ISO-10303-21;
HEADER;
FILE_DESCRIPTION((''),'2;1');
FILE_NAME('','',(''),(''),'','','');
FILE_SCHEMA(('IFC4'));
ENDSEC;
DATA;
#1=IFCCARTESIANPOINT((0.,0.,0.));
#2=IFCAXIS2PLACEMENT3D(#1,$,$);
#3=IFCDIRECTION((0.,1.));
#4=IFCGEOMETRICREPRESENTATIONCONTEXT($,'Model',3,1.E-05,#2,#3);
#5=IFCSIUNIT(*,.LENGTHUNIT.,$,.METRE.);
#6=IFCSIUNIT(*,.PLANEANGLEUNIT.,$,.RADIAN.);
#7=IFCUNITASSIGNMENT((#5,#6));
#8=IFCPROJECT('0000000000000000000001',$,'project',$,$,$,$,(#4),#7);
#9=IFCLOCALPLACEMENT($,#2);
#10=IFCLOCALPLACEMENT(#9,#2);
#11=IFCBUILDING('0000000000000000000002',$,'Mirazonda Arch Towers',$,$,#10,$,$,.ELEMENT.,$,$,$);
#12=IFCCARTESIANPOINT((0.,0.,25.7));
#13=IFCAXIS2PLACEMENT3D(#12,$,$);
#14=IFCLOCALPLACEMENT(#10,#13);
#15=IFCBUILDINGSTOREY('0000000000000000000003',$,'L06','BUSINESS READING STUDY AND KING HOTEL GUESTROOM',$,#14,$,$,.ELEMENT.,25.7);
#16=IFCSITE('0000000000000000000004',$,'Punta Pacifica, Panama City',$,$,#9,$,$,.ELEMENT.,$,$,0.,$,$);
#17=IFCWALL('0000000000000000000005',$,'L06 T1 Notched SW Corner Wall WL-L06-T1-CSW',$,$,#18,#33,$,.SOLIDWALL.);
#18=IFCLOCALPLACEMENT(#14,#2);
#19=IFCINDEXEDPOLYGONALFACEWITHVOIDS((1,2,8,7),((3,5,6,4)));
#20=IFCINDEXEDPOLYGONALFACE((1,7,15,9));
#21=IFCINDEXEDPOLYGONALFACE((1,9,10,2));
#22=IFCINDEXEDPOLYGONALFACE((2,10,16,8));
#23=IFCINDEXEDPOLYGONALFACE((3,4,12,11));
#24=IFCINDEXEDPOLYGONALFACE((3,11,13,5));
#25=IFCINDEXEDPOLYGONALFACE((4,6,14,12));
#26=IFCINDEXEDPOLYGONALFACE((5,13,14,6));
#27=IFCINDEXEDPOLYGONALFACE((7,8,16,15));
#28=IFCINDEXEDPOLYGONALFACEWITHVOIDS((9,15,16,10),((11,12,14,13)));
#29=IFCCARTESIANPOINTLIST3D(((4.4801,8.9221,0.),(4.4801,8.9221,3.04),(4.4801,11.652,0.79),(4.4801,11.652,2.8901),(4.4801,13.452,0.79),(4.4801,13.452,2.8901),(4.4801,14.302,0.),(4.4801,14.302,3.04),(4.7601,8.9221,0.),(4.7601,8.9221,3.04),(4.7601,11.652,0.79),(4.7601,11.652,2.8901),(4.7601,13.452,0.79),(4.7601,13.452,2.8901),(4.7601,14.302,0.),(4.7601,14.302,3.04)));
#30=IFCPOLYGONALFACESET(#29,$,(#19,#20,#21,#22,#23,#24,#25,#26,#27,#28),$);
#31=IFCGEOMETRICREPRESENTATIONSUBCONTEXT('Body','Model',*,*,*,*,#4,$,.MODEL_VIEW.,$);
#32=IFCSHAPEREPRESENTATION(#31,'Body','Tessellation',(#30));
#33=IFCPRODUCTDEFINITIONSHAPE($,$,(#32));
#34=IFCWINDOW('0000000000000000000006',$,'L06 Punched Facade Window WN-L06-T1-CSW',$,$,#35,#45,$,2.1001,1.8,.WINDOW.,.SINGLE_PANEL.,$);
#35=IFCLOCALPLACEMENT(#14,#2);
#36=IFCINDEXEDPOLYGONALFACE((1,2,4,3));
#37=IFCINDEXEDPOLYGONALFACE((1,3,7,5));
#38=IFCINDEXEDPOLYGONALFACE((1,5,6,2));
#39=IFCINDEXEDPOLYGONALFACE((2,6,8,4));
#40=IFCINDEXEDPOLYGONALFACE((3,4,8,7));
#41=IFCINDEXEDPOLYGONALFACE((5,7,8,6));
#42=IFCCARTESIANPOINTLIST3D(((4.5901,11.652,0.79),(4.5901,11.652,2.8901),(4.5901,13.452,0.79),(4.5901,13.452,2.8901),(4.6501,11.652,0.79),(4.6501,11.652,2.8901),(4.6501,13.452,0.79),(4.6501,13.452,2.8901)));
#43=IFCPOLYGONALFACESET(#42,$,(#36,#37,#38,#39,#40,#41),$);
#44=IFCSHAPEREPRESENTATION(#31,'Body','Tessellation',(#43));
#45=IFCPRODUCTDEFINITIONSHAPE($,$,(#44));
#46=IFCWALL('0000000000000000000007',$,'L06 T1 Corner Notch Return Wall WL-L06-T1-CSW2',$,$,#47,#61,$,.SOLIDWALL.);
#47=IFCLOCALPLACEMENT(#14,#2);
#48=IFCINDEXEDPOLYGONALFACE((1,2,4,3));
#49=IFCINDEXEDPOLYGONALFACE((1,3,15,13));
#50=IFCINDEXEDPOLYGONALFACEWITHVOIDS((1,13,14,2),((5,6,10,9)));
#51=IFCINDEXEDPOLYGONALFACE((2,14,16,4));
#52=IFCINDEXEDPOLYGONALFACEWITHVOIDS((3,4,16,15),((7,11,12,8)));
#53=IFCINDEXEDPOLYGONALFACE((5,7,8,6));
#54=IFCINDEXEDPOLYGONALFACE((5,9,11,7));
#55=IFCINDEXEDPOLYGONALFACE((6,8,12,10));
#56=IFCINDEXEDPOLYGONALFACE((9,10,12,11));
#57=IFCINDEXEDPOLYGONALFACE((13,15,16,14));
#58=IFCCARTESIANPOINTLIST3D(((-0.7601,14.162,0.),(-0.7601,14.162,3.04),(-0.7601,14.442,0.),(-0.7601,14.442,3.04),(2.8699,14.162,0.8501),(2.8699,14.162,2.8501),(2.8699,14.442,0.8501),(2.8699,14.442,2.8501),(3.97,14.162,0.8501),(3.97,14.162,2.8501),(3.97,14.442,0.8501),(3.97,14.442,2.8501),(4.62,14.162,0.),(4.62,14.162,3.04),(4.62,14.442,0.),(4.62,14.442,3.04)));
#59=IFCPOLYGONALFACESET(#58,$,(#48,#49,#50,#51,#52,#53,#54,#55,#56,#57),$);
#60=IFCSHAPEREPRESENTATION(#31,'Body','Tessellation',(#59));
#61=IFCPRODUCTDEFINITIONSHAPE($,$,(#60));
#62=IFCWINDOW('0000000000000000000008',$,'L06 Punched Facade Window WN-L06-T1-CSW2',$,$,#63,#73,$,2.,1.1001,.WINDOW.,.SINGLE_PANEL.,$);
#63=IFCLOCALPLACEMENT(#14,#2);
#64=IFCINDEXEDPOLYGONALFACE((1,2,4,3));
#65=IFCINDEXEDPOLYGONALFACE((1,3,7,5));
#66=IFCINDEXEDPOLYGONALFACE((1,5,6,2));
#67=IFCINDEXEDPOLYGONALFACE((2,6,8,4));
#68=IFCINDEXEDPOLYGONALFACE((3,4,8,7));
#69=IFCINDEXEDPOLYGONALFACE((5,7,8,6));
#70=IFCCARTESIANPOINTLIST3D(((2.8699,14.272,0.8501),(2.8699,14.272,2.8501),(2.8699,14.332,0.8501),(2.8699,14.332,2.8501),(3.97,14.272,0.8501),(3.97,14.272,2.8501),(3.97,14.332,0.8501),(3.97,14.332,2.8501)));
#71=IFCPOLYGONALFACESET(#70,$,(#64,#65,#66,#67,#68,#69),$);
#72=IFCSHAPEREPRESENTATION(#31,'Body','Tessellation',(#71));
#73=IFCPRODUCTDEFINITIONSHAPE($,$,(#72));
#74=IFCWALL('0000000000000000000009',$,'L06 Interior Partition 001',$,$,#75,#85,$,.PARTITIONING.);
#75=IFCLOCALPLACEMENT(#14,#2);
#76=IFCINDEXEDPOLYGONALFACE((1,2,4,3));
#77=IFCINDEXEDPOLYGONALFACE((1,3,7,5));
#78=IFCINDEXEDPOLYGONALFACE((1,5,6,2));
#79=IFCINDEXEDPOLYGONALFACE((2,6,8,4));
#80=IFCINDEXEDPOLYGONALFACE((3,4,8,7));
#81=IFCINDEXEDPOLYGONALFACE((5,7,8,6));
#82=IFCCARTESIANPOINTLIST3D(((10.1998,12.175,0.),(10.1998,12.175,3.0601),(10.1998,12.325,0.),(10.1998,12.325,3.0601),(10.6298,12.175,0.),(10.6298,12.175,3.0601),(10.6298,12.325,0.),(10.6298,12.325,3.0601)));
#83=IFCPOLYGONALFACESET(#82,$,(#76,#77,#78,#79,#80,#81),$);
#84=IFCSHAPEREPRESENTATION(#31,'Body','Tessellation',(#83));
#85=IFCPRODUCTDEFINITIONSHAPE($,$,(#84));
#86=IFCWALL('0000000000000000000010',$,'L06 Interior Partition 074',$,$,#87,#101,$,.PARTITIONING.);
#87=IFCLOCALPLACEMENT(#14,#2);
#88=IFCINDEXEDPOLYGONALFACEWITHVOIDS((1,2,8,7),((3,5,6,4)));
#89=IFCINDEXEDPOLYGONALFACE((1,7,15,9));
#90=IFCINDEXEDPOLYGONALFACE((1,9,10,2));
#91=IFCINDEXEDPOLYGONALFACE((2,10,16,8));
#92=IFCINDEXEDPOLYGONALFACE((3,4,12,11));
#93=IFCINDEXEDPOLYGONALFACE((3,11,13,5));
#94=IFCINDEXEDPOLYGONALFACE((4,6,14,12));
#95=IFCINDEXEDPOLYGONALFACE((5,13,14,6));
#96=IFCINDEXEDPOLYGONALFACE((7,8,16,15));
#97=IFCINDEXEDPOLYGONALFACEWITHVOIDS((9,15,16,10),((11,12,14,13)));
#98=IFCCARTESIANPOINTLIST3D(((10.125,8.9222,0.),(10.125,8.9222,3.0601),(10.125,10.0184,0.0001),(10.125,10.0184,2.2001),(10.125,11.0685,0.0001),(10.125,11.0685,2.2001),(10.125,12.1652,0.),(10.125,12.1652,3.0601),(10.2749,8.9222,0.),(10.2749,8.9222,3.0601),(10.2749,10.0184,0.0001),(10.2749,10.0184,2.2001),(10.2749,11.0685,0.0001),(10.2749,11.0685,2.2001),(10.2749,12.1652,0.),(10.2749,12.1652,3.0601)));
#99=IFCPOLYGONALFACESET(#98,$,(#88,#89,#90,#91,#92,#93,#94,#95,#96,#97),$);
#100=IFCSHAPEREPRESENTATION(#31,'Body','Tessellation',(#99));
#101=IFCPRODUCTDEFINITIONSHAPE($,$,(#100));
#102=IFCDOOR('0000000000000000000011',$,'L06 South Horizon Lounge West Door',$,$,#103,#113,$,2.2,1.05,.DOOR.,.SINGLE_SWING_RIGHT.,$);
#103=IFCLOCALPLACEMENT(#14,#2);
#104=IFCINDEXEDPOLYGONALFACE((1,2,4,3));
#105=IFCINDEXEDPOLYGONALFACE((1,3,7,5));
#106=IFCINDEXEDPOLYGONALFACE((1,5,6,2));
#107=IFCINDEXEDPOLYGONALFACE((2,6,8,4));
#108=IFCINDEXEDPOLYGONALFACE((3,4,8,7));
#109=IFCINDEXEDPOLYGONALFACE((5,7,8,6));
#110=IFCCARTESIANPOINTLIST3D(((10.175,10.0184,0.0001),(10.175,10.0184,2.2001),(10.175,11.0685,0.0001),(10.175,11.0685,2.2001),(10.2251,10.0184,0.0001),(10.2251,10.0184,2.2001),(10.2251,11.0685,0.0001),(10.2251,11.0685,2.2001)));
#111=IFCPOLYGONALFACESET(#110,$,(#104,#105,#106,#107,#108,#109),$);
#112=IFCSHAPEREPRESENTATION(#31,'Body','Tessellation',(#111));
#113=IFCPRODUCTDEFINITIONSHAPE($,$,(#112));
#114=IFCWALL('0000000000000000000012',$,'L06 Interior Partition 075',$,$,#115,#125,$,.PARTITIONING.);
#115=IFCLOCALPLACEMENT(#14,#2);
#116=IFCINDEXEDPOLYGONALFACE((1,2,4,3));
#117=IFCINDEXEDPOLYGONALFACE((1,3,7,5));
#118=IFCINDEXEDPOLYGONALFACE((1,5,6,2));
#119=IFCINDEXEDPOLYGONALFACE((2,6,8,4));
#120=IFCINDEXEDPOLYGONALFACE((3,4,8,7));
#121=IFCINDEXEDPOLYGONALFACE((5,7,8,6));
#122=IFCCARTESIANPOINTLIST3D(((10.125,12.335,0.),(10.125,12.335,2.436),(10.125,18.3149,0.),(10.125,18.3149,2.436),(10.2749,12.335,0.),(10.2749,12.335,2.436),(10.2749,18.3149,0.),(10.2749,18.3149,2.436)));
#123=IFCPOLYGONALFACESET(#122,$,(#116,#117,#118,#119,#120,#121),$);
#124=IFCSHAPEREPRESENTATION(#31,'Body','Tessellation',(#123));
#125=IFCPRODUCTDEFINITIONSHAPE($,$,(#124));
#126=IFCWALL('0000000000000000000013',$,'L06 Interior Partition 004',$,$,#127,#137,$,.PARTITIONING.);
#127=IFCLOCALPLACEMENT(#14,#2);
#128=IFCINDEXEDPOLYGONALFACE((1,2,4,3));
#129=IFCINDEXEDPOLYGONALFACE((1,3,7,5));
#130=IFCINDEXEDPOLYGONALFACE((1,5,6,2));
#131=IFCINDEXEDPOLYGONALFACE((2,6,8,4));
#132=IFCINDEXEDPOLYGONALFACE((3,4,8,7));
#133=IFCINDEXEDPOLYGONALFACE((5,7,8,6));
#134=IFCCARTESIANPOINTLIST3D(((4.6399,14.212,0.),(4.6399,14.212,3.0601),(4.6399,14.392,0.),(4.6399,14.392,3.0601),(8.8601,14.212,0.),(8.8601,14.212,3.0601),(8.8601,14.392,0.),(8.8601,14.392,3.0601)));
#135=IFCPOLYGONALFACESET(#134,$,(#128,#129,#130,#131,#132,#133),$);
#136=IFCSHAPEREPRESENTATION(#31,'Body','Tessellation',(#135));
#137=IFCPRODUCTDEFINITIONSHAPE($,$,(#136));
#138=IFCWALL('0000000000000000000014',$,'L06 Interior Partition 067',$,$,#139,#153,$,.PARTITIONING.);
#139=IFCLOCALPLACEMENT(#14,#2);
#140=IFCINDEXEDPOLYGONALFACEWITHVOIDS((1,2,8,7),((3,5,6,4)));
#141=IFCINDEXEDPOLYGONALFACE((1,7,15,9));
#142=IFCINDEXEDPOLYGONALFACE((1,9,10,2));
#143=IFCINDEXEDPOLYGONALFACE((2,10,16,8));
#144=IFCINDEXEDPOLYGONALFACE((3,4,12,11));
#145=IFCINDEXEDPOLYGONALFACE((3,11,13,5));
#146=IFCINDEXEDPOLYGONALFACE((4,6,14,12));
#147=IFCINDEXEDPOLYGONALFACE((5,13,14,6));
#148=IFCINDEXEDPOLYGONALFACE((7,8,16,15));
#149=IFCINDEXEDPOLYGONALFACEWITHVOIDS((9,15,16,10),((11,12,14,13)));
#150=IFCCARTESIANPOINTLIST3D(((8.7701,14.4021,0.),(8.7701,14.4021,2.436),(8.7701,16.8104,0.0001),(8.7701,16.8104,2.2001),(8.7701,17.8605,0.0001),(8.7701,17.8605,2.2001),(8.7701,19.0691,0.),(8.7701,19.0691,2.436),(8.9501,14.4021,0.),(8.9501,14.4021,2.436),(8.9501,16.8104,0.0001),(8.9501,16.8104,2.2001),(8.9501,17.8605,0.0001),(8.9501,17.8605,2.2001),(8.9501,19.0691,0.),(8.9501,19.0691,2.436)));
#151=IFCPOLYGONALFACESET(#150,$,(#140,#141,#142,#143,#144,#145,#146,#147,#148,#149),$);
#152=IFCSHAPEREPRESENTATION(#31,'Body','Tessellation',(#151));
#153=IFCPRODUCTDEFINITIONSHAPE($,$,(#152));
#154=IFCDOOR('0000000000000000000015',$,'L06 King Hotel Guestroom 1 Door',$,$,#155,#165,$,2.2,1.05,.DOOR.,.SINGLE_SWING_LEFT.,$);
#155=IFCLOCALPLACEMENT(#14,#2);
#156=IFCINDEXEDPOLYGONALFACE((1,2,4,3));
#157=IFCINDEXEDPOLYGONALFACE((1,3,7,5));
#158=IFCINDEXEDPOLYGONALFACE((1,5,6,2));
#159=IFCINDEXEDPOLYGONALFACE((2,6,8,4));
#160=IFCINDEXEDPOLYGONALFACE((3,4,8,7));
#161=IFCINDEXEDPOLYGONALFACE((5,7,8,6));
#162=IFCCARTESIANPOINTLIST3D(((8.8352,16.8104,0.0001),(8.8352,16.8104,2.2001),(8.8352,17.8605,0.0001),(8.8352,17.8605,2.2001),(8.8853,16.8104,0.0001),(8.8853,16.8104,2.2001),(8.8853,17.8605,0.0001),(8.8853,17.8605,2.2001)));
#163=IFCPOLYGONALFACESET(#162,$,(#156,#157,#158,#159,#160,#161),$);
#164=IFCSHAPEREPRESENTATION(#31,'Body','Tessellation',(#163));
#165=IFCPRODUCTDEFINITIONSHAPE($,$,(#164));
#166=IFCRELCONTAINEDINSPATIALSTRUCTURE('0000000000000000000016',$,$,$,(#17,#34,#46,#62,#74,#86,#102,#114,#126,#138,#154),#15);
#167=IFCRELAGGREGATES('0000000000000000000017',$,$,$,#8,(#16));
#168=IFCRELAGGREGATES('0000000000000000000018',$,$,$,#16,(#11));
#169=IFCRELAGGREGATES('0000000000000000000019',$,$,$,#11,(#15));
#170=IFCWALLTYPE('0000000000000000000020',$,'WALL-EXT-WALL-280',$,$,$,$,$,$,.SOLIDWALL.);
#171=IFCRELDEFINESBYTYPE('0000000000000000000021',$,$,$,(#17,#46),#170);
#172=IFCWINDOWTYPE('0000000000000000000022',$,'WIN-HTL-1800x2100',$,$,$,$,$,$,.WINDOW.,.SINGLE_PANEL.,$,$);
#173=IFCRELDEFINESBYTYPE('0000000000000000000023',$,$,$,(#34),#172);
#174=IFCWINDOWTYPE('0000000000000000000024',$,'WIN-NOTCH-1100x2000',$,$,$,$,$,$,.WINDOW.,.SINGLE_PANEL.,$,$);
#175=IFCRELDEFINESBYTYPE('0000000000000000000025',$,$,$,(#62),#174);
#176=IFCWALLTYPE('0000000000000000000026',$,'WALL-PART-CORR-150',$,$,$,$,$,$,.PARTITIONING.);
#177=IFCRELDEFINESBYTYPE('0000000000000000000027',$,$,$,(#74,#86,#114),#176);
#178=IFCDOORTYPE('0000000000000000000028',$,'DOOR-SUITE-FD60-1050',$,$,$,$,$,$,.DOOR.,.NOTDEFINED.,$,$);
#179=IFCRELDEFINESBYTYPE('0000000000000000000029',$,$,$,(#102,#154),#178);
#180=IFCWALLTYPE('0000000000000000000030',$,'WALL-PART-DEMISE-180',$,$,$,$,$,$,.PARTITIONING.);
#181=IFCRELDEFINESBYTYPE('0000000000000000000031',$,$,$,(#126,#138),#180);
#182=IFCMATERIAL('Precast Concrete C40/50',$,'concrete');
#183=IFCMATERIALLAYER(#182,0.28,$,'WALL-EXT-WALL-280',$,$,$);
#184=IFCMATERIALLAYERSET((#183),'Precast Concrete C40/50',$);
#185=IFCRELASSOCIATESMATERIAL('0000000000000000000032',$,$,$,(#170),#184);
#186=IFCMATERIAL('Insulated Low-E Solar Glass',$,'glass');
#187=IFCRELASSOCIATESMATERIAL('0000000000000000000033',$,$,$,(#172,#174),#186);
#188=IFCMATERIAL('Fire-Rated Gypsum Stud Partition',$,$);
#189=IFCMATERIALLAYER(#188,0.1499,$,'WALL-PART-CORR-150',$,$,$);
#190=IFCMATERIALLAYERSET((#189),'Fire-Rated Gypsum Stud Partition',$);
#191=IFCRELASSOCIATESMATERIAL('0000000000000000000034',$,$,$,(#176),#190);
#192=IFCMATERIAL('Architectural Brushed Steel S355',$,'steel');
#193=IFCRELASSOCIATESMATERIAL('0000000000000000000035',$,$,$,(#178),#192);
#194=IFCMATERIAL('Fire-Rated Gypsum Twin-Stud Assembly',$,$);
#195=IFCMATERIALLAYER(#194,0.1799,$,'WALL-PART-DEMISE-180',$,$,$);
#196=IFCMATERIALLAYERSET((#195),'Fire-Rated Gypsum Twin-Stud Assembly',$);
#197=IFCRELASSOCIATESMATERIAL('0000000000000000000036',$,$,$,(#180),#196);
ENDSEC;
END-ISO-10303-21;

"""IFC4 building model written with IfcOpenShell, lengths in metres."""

from ifc_helpers import new_model, si_unit, direction, frame, frame_2d, origin, place, context, subcontext, project, spatial, rectangle, extrude, material, layer, layer_set, type_object, element, fill, save


model = new_model("IFC4")

# Units and contexts
model_context = context("Model", 3, precision=1e-05, world=origin(), true_north=direction((0.0, 1.0)))
body_context = subcontext(model_context, "Body", "Model", "MODEL_VIEW")
ifc_project = project(units=[si_unit("LENGTHUNIT", "METRE"), si_unit("PLANEANGLEUNIT", "RADIAN")], contexts=[model_context])

# Site, building, storey
site_placement = place(None, origin())
site = spatial("IfcSite", under=ifc_project, at=site_placement, Name="Punta Pacifica, Panama City", CompositionType="ELEMENT", RefElevation=0.0)
building_placement = place(site_placement, origin())
building = spatial("IfcBuilding", under=site, at=building_placement, Name="Mirazonda Arch Towers", CompositionType="ELEMENT")
storey_placement = place(building_placement, frame((0.0, 0.0, 25.7)))
storey = spatial("IfcBuildingStorey", under=building, at=storey_placement, Name="L06", Description="BUSINESS READING STUDY AND KING HOTEL GUESTROOM", CompositionType="ELEMENT", Elevation=25.7)

# Shared definitions
ifc_material_1 = material(Name="Insulated Low-E Solar Glass", Category="glass")

# Walls, openings, windows
ifc_material_2 = material(Name="Precast Concrete C40/50", Category="concrete")
ifc_layer_1 = layer(ifc_material_2, 0.28, Name="WALL-EXT-WALL-280")
ifc_layer_set_1 = layer_set([ifc_layer_1], Name="Precast Concrete C40/50")
wall_type_1 = type_object("IfcWallType", Name="WALL-EXT-WALL-280", PredefinedType="SOLIDWALL", material=ifc_layer_set_1)
wall_1_placement = place(storey_placement, frame((4.6201, 14.302, 0.0), z_axis=(0.0, 0.0, 1.0), x_axis=(0.0, -1.0, 0.0)))
wall_1 = element("IfcWall", 1, at=wall_1_placement, inside=storey, type_object=wall_type_1, Name="L06 T1 Notched SW Corner Wall WL-L06-T1-CSW", PredefinedType="SOLIDWALL", context=body_context, shape_type="SweptSolid", body=[
    extrude(rectangle(XDim=5.3799, YDim=0.28, at=frame_2d((2.6899, 0.0))), origin(), (0.0, 0.0, 1.0), 3.04),
])
opening_1_placement = place(wall_1_placement, frame((0.8501, 0.0, 0.79)))
opening_1 = element("IfcOpeningElement", 2, at=opening_1_placement, cuts=wall_1, PredefinedType="OPENING", context=body_context, shape_type="SweptSolid", body=[
    extrude(rectangle(XDim=1.8, YDim=2.1001, at=frame_2d((0.8999, 1.05))), frame((0.0, 0.1499, 0.0), z_axis=(0.0, -1.0, 0.0), x_axis=(1.0, 0.0, 0.0)), (0.0, 0.0, 1.0), 0.3),
])
window_type_1 = type_object("IfcWindowType", Name="WIN-HTL-1800x2100", PartitioningType="SINGLE_PANEL", PredefinedType="WINDOW", material=ifc_material_1)
window_1_placement = place(opening_1_placement, origin())
window_1 = element("IfcWindow", 3, at=window_1_placement, inside=storey, type_object=window_type_1, Name="L06 Punched Facade Window WN-L06-T1-CSW", OverallHeight=2.1001, OverallWidth=1.8, PartitioningType="SINGLE_PANEL", PredefinedType="WINDOW", context=body_context, shape_type="SweptSolid", body=[
    extrude(rectangle(XDim=1.8, YDim=2.1001, at=frame_2d((0.8999, 1.05))), frame((0.0, 0.03, 0.0), z_axis=(0.0, -1.0, 0.0), x_axis=(1.0, 0.0, 0.0)), (0.0, 0.0, 1.0), 0.0601),
])
fill(opening_1, window_1)
wall_2_placement = place(storey_placement, frame((-0.76, 14.302, 0.0), z_axis=(0.0, 0.0, 1.0), x_axis=(1.0, 0.0, 0.0)))
wall_2 = element("IfcWall", 4, at=wall_2_placement, inside=storey, type_object=wall_type_1, Name="L06 T1 Corner Notch Return Wall WL-L06-T1-CSW2", PredefinedType="SOLIDWALL", context=body_context, shape_type="SweptSolid", body=[
    extrude(rectangle(XDim=5.3801, YDim=0.28, at=frame_2d((2.6899, 0.0))), origin(), (0.0, 0.0, 1.0), 3.04),
])
opening_2_placement = place(wall_2_placement, frame((3.6299, 0.0, 0.8501)))
opening_2 = element("IfcOpeningElement", 5, at=opening_2_placement, cuts=wall_2, PredefinedType="OPENING", context=body_context, shape_type="SweptSolid", body=[
    extrude(rectangle(XDim=1.1001, YDim=2.0, at=frame_2d((0.55, 1.0))), frame((0.0, 0.1499, 0.0), z_axis=(0.0, -1.0, 0.0), x_axis=(1.0, 0.0, 0.0)), (0.0, 0.0, 1.0), 0.3),
])
window_type_2 = type_object("IfcWindowType", Name="WIN-NOTCH-1100x2000", PartitioningType="SINGLE_PANEL", PredefinedType="WINDOW", material=ifc_material_1)
window_2_placement = place(opening_2_placement, origin())
window_2 = element("IfcWindow", 6, at=window_2_placement, inside=storey, type_object=window_type_2, Name="L06 Punched Facade Window WN-L06-T1-CSW2", OverallHeight=2.0, OverallWidth=1.1001, PartitioningType="SINGLE_PANEL", PredefinedType="WINDOW", context=body_context, shape_type="SweptSolid", body=[
    extrude(rectangle(XDim=1.1001, YDim=2.0, at=frame_2d((0.55, 1.0))), frame((0.0, 0.03, 0.0), z_axis=(0.0, -1.0, 0.0), x_axis=(1.0, 0.0, 0.0)), (0.0, 0.0, 1.0), 0.0601),
])
fill(opening_2, window_2)

# Wall
ifc_material_3 = material(Name="Fire-Rated Gypsum Stud Partition")
ifc_layer_2 = layer(ifc_material_3, 0.1499, Name="WALL-PART-CORR-150")
ifc_layer_set_2 = layer_set([ifc_layer_2], Name="Fire-Rated Gypsum Stud Partition")
wall_type_2 = type_object("IfcWallType", Name="WALL-PART-CORR-150", PredefinedType="PARTITIONING", material=ifc_layer_set_2)
wall_3_placement = place(storey_placement, frame((10.2, 12.25, 0.0), z_axis=(0.0, 0.0, 1.0), x_axis=(1.0, 0.0, 0.0)))
element("IfcWall", 7, at=wall_3_placement, inside=storey, type_object=wall_type_2, Name="L06 Interior Partition 001", PredefinedType="PARTITIONING", context=body_context, shape_type="SweptSolid", body=[
    extrude(rectangle(XDim=0.4299, YDim=0.1499, at=frame_2d((0.2148, 0.0))), origin(), (0.0, 0.0, 1.0), 3.0601),
])

# Wall, opening, door
wall_4_placement = place(storey_placement, frame((10.2, 8.9221, 0.0), z_axis=(0.0, 0.0, 1.0), x_axis=(0.0, 1.0, 0.0)))
wall_4 = element("IfcWall", 8, at=wall_4_placement, inside=storey, type_object=wall_type_2, Name="L06 Interior Partition 074", PredefinedType="PARTITIONING", context=body_context, shape_type="SweptSolid", body=[
    extrude(rectangle(XDim=3.2429, YDim=0.1499, at=frame_2d((1.6216, 0.0))), origin(), (0.0, 0.0, 1.0), 3.0601),
])
opening_3_placement = place(wall_4_placement, frame((1.0964, 0.0, 0.0)))
opening_3 = element("IfcOpeningElement", 9, at=opening_3_placement, cuts=wall_4, PredefinedType="OPENING", context=body_context, shape_type="SweptSolid", body=[
    extrude(rectangle(XDim=1.05, YDim=2.2, at=frame_2d((0.5249, 1.1001))), frame((0.0, 0.085, 0.0), z_axis=(0.0, -1.0, 0.0), x_axis=(1.0, 0.0, 0.0)), (0.0, 0.0, 1.0), 0.1699),
])
ifc_material_4 = material(Name="Architectural Brushed Steel S355", Category="steel")
door_type_1 = type_object("IfcDoorType", Name="DOOR-SUITE-FD60-1050", OperationType="NOTDEFINED", PredefinedType="DOOR", material=ifc_material_4)
door_1_placement = place(opening_3_placement, origin())
door_1 = element("IfcDoor", 10, at=door_1_placement, inside=storey, type_object=door_type_1, Name="L06 South Horizon Lounge West Door", OperationType="SINGLE_SWING_RIGHT", OverallHeight=2.2, OverallWidth=1.05, PredefinedType="DOOR", context=body_context, shape_type="SweptSolid", body=[
    extrude(rectangle(XDim=1.05, YDim=2.2, at=frame_2d((0.5249, 1.1001))), frame((0.0, 0.0249, 0.0), z_axis=(0.0, -1.0, 0.0), x_axis=(1.0, 0.0, 0.0)), (0.0, 0.0, 1.0), 0.05),
])
fill(opening_3, door_1)

# Walls
wall_5_placement = place(storey_placement, frame((10.2, 12.335, 0.0), z_axis=(0.0, 0.0, 1.0), x_axis=(0.0, 1.0, 0.0)))
element("IfcWall", 11, at=wall_5_placement, inside=storey, type_object=wall_type_2, Name="L06 Interior Partition 075", PredefinedType="PARTITIONING", context=body_context, shape_type="SweptSolid", body=[
    extrude(rectangle(XDim=5.98, YDim=0.1499, at=frame_2d((2.99, 0.0))), origin(), (0.0, 0.0, 1.0), 2.436),
])
ifc_material_5 = material(Name="Fire-Rated Gypsum Twin-Stud Assembly")
ifc_layer_3 = layer(ifc_material_5, 0.1799, Name="WALL-PART-DEMISE-180")
ifc_layer_set_3 = layer_set([ifc_layer_3], Name="Fire-Rated Gypsum Twin-Stud Assembly")
wall_type_3 = type_object("IfcWallType", Name="WALL-PART-DEMISE-180", PredefinedType="PARTITIONING", material=ifc_layer_set_3)
wall_6_placement = place(storey_placement, frame((4.6399, 14.302, 0.0), z_axis=(0.0, 0.0, 1.0), x_axis=(1.0, 0.0, 0.0)))
element("IfcWall", 12, at=wall_6_placement, inside=storey, type_object=wall_type_3, Name="L06 Interior Partition 004", PredefinedType="PARTITIONING", context=body_context, shape_type="SweptSolid", body=[
    extrude(rectangle(XDim=4.2202, YDim=0.1799, at=frame_2d((2.1101, 0.0))), origin(), (0.0, 0.0, 1.0), 3.0601),
])

# Wall, opening, door
wall_7_placement = place(storey_placement, frame((8.8601, 14.4021, 0.0), z_axis=(0.0, 0.0, 1.0), x_axis=(0.0, 1.0, 0.0)))
wall_7 = element("IfcWall", 13, at=wall_7_placement, inside=storey, type_object=wall_type_3, Name="L06 Interior Partition 067", PredefinedType="PARTITIONING", context=body_context, shape_type="SweptSolid", body=[
    extrude(rectangle(XDim=4.667, YDim=0.1799, at=frame_2d((2.3335, 0.0))), origin(), (0.0, 0.0, 1.0), 2.436),
])
opening_4_placement = place(wall_7_placement, frame((2.4084, 0.0, 0.0)))
opening_4 = element("IfcOpeningElement", 14, at=opening_4_placement, cuts=wall_7, PredefinedType="OPENING", context=body_context, shape_type="SweptSolid", body=[
    extrude(rectangle(XDim=1.05, YDim=2.2, at=frame_2d((0.5249, 1.1001))), frame((0.0, 0.0999, 0.0), z_axis=(0.0, -1.0, 0.0), x_axis=(1.0, 0.0, 0.0)), (0.0, 0.0, 1.0), 0.2),
])
door_2_placement = place(opening_4_placement, origin())
door_2 = element("IfcDoor", 15, at=door_2_placement, inside=storey, type_object=door_type_1, Name="L06 King Hotel Guestroom 1 Door", OperationType="SINGLE_SWING_LEFT", OverallHeight=2.2, OverallWidth=1.05, PredefinedType="DOOR", context=body_context, shape_type="SweptSolid", body=[
    extrude(rectangle(XDim=1.05, YDim=2.2, at=frame_2d((0.5249, 1.1001))), frame((0.0, 0.0249, 0.0), z_axis=(0.0, -1.0, 0.0), x_axis=(1.0, 0.0, 0.0)), (0.0, 0.0, 1.0), 0.05),
])
fill(opening_4, door_2)

save(model, "model.ifc")
